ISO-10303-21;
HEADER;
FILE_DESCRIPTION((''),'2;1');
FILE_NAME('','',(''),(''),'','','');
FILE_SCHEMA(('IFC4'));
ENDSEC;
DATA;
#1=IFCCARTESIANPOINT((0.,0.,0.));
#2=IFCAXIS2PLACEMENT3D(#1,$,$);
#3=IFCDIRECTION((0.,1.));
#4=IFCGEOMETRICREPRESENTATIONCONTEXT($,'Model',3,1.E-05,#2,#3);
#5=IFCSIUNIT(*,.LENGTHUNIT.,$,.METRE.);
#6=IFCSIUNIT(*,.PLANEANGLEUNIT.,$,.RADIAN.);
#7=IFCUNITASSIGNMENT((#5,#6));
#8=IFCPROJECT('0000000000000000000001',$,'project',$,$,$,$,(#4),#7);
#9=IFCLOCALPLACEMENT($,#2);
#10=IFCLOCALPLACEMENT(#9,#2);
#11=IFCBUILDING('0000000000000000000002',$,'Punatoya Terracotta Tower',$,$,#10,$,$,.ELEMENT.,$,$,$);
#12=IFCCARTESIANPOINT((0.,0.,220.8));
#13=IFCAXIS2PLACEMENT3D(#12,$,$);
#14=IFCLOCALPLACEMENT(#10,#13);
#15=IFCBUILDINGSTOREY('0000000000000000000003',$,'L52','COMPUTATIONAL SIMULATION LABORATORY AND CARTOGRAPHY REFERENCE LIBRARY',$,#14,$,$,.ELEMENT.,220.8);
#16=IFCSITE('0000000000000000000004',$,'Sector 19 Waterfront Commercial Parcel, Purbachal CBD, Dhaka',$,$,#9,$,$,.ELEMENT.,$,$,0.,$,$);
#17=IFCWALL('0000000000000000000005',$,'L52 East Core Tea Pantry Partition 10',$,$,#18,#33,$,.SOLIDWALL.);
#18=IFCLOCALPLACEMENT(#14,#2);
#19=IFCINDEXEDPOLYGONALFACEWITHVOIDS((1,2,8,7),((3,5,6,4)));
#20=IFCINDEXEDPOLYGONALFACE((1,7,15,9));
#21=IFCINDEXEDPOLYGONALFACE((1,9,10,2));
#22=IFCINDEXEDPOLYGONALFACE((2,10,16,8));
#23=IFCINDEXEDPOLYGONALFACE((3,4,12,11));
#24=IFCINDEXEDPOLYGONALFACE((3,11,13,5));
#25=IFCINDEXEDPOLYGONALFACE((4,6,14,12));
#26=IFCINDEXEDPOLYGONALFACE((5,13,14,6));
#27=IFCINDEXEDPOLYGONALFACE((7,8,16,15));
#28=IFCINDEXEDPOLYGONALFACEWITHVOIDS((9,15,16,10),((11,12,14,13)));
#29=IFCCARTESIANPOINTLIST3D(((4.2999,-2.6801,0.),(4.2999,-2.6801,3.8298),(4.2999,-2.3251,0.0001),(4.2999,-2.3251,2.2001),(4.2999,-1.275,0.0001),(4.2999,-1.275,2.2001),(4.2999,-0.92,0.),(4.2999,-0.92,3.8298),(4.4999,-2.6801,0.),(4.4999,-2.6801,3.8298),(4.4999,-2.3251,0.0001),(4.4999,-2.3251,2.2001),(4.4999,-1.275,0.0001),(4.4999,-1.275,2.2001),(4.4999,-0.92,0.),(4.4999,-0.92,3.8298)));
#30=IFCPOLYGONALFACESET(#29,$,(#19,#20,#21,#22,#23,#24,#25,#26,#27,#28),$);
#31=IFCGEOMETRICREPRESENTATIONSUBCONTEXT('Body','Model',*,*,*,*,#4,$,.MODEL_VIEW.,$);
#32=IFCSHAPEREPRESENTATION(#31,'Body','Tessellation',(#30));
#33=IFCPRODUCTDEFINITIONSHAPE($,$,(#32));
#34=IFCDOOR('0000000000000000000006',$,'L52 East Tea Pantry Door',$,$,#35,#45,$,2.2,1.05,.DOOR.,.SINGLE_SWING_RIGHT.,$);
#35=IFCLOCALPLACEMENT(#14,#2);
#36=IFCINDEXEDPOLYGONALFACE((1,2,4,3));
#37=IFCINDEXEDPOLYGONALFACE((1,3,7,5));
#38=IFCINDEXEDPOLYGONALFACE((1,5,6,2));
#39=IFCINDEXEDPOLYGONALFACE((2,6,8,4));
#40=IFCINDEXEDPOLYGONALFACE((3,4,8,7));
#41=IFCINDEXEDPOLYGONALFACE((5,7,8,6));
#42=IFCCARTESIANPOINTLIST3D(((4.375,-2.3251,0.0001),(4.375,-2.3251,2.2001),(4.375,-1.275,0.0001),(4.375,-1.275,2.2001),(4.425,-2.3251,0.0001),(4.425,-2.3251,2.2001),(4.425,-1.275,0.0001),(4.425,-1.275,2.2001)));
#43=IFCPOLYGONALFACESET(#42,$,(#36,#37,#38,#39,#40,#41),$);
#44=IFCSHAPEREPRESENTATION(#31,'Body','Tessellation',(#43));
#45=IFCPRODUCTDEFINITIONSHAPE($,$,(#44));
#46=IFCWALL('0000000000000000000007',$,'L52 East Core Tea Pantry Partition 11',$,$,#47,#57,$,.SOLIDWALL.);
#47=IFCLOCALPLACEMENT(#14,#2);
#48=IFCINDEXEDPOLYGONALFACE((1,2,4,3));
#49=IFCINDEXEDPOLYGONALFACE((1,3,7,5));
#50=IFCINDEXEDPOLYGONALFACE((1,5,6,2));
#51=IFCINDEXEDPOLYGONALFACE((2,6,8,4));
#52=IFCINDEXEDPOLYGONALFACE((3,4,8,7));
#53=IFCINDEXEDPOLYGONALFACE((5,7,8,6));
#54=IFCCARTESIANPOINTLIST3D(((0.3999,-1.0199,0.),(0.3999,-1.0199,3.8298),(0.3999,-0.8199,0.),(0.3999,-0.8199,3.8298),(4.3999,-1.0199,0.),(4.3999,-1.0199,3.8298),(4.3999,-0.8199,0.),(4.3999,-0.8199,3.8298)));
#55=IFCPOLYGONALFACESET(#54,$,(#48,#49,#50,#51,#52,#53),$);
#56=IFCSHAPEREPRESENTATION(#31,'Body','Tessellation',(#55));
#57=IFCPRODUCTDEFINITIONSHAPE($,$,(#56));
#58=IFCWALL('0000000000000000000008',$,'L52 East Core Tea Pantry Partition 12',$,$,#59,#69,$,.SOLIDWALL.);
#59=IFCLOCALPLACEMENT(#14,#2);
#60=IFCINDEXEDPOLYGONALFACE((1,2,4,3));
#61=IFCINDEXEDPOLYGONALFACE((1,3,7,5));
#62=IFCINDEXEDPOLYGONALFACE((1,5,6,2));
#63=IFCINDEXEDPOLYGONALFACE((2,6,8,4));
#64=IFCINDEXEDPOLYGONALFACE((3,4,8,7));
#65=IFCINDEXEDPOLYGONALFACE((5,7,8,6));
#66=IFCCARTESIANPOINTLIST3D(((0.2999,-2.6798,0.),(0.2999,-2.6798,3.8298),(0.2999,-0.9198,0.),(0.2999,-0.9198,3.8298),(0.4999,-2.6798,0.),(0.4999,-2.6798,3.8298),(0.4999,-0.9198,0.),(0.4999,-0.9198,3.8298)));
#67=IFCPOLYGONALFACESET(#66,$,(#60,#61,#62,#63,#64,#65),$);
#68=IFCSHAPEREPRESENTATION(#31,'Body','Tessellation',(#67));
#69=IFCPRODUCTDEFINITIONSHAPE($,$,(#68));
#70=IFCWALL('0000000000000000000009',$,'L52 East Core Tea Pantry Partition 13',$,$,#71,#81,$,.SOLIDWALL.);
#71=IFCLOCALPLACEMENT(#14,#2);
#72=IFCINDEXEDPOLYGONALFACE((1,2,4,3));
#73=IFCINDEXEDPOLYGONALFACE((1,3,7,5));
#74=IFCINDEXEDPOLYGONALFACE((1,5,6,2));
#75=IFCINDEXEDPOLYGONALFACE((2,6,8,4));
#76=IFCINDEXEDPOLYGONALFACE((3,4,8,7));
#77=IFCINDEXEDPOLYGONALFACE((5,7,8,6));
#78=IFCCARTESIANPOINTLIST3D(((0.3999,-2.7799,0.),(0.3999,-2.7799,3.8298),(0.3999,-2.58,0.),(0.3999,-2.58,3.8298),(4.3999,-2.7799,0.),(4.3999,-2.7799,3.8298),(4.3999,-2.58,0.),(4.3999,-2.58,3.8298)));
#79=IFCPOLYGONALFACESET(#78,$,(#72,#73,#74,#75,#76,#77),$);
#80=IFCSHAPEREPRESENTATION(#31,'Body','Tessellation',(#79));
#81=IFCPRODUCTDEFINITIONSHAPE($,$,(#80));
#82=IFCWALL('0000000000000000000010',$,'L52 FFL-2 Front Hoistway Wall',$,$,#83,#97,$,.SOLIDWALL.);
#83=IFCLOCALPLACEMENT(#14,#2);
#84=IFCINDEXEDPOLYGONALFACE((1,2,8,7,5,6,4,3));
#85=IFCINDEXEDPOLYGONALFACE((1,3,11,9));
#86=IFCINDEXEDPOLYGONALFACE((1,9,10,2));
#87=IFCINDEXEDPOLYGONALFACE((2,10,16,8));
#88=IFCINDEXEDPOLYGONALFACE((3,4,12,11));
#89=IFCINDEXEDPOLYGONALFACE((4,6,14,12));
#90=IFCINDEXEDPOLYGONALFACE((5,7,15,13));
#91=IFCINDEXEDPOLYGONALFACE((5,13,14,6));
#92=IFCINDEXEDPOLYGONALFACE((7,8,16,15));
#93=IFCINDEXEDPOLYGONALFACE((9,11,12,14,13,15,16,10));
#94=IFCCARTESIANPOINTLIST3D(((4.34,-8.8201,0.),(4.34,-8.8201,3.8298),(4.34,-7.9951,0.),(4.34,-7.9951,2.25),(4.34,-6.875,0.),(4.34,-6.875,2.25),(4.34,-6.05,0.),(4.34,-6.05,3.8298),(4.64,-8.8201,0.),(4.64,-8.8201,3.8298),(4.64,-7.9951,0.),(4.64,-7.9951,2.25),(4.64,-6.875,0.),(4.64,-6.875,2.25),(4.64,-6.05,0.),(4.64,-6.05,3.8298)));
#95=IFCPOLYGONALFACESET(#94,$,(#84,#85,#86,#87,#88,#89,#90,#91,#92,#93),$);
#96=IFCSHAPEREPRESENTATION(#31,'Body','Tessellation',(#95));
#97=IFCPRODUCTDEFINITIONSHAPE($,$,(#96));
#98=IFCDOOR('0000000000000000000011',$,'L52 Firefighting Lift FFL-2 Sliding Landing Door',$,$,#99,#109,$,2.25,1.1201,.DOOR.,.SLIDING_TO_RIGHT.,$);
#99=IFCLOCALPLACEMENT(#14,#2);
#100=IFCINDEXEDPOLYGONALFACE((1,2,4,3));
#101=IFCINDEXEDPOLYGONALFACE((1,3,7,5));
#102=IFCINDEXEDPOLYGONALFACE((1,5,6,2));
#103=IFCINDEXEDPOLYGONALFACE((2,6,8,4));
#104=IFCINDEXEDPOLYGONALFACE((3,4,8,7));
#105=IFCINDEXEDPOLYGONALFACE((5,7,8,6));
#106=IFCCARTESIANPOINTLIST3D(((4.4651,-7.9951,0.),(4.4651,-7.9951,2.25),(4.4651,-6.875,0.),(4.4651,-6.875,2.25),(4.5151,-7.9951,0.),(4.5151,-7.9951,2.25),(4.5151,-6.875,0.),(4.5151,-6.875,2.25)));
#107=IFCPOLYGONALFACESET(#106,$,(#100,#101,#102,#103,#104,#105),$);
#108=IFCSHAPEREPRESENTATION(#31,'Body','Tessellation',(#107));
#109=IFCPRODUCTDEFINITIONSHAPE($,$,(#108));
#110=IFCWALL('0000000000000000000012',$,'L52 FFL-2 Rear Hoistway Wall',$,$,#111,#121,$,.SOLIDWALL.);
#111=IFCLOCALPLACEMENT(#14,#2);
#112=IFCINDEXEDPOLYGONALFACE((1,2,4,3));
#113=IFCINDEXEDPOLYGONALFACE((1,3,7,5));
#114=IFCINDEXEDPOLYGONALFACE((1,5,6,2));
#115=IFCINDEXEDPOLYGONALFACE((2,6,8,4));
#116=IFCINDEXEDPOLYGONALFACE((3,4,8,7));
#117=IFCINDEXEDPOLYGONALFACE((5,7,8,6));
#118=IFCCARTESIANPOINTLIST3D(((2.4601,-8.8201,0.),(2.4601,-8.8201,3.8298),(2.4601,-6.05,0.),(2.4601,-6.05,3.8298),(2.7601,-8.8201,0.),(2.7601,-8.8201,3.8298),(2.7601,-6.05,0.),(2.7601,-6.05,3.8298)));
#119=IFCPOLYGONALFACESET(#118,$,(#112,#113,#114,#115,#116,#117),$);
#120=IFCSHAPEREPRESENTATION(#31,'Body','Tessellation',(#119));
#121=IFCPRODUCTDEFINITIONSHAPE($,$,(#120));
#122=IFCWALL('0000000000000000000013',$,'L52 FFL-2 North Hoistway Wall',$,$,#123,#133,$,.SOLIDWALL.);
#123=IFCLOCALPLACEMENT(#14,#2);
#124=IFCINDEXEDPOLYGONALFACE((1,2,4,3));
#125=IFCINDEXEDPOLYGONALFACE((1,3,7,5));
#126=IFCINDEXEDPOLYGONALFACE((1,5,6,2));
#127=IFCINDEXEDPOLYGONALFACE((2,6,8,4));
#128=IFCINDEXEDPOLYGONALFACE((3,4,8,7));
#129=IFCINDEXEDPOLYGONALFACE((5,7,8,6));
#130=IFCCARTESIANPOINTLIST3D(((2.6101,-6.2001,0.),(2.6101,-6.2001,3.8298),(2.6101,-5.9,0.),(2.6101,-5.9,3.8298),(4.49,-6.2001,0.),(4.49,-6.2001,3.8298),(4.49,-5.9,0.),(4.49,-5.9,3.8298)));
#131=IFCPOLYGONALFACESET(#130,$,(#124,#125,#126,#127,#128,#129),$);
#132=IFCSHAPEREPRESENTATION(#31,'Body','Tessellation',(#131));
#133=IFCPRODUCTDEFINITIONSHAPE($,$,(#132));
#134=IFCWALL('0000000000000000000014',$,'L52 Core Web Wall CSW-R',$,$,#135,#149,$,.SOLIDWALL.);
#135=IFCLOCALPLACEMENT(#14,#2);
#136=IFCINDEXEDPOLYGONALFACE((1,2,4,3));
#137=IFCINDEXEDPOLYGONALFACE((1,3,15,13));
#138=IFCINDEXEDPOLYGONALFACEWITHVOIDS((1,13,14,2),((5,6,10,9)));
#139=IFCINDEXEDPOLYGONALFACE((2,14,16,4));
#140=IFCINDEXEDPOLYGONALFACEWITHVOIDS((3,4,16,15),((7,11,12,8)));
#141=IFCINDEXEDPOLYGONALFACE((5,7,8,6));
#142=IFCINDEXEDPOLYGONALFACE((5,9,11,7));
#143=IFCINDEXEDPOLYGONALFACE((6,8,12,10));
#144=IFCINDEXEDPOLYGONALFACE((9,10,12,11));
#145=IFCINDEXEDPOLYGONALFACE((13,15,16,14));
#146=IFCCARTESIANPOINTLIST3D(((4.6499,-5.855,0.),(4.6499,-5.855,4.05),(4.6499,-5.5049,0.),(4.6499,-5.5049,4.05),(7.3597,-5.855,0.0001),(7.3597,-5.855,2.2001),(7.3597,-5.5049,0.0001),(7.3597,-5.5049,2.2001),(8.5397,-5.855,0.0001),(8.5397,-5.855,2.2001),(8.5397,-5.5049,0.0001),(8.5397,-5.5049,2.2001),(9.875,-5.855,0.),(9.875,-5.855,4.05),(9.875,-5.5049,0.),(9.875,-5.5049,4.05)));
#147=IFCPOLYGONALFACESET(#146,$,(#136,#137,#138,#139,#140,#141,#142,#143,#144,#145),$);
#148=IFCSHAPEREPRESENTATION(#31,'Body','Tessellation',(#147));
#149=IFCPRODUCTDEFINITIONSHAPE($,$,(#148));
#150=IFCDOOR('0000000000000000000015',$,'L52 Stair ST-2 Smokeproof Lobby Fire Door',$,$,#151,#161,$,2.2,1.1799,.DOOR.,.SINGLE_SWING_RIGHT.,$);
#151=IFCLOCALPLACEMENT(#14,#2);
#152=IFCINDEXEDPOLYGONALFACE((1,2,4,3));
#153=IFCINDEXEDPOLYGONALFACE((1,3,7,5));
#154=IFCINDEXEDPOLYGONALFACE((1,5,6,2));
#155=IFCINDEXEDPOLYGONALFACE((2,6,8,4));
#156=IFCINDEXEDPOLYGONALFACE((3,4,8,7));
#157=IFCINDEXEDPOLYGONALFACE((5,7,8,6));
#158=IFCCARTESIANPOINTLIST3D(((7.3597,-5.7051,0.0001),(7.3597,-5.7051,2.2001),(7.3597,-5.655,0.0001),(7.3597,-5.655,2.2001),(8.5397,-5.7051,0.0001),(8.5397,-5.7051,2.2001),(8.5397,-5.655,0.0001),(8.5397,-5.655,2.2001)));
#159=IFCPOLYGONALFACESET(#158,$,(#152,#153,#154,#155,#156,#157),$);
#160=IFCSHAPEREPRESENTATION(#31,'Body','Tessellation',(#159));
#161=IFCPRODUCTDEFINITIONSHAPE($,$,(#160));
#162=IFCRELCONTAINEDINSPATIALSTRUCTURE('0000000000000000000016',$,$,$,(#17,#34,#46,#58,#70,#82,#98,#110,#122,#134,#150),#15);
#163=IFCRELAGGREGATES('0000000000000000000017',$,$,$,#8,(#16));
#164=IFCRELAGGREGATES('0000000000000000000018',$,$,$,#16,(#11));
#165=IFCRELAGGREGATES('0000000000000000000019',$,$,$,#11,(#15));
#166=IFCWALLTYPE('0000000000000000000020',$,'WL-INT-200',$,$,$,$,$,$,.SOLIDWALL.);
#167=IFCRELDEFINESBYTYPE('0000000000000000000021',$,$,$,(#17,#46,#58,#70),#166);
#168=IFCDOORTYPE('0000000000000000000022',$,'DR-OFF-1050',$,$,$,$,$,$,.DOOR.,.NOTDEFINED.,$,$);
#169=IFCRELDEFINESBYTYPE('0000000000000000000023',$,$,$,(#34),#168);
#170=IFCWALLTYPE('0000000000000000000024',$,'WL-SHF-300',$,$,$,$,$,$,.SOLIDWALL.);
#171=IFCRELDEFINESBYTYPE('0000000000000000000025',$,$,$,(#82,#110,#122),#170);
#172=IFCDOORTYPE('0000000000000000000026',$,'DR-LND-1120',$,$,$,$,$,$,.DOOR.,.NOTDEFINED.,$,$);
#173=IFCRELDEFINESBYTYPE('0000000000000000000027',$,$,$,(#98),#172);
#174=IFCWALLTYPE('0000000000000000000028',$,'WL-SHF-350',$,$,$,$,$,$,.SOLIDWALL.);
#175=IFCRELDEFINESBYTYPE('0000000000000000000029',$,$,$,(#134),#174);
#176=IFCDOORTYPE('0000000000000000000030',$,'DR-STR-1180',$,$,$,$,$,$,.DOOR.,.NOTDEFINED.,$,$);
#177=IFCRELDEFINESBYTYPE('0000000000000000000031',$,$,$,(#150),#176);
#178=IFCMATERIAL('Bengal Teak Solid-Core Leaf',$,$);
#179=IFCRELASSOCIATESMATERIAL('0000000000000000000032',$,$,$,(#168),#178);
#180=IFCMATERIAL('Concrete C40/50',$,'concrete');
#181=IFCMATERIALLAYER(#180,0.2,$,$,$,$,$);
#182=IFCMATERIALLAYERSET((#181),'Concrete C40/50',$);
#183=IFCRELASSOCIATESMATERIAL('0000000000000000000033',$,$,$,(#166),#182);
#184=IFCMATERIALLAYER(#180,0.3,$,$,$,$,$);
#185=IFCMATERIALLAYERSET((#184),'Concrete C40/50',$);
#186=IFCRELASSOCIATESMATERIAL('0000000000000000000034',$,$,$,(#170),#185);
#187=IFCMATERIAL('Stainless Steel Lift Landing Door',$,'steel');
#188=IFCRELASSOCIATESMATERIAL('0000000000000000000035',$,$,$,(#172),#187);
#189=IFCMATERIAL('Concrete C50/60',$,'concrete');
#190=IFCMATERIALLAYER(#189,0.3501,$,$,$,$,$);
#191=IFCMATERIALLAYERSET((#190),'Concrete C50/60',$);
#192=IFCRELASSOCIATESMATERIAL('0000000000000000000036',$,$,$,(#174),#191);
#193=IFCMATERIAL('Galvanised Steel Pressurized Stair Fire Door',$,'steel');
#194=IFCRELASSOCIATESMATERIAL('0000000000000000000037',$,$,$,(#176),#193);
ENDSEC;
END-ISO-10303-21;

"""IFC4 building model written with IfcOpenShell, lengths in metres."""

from ifc_helpers import new_model, si_unit, direction, frame, frame_2d, origin, place, context, subcontext, project, spatial, rectangle, extrude, material, layer, layer_set, type_object, element, fill, save


model = new_model("IFC4")

# Units and contexts
model_context = context("Model", 3, precision=1e-05, world=origin(), true_north=direction((0.0, 1.0)))
body_context = subcontext(model_context, "Body", "Model", "MODEL_VIEW")
ifc_project = project(units=[si_unit("LENGTHUNIT", "METRE"), si_unit("PLANEANGLEUNIT", "RADIAN")], contexts=[model_context])

# Site, building, storey
site_placement = place(None, origin())
site = spatial("IfcSite", under=ifc_project, at=site_placement, Name="Sector 19 Waterfront Commercial Parcel, Purbachal CBD, Dhaka", CompositionType="ELEMENT", RefElevation=0.0)
building_placement = place(site_placement, origin())
building = spatial("IfcBuilding", under=site, at=building_placement, Name="Punatoya Terracotta Tower", CompositionType="ELEMENT")
storey_placement = place(building_placement, frame((0.0, 0.0, 220.8)))
storey = spatial("IfcBuildingStorey", under=building, at=storey_placement, Name="L52", Description="COMPUTATIONAL SIMULATION LABORATORY AND CARTOGRAPHY REFERENCE LIBRARY", CompositionType="ELEMENT", Elevation=220.8)

# Shared definitions
ifc_material_1 = material(Name="Bengal Teak Solid-Core Leaf")
door_type_1 = type_object("IfcDoorType", Name="DR-OFF-1050", OperationType="NOTDEFINED", PredefinedType="DOOR", material=ifc_material_1)

# Shared definitions
ifc_material_2 = material(Name="Concrete C40/50", Category="concrete")
ifc_layer_1 = layer(ifc_material_2, 0.2)
ifc_layer_set_1 = layer_set([ifc_layer_1], Name="Concrete C40/50")
wall_type_1 = type_object("IfcWallType", Name="WL-INT-200", PredefinedType="SOLIDWALL", material=ifc_layer_set_1)

# Wall, opening, door
wall_1_placement = place(storey_placement, frame((4.3999, -2.6799, 0.0), z_axis=(0.0, 0.0, 1.0), x_axis=(0.0, 1.0, 0.0)))
wall_1 = element("IfcWall", 1, at=wall_1_placement, inside=storey, type_object=wall_type_1, Name="L52 East Core Tea Pantry Partition 10", PredefinedType="SOLIDWALL", context=body_context, shape_type="SweptSolid", body=[
    extrude(rectangle(XDim=1.76, YDim=0.2, at=frame_2d((0.8799, 0.0))), origin(), (0.0, 0.0, 1.0), 3.8298),
])
opening_1_placement = place(wall_1_placement, frame((0.355, 0.0, 0.0)))
opening_1 = element("IfcOpeningElement", 2, at=opening_1_placement, cuts=wall_1, PredefinedType="OPENING", context=body_context, shape_type="SweptSolid", body=[
    extrude(rectangle(XDim=1.05, YDim=2.2, at=frame_2d((0.5249, 1.1001))), frame((0.0, 0.1099, 0.0), z_axis=(0.0, -1.0, 0.0), x_axis=(1.0, 0.0, 0.0)), (0.0, 0.0, 1.0), 0.22),
])
door_1_placement = place(opening_1_placement, origin())
door_1 = element("IfcDoor", 3, at=door_1_placement, inside=storey, type_object=door_type_1, Name="L52 East Tea Pantry Door", OperationType="SINGLE_SWING_RIGHT", OverallHeight=2.2, OverallWidth=1.05, PredefinedType="DOOR", context=body_context, shape_type="SweptSolid", body=[
    extrude(rectangle(XDim=1.05, YDim=2.2, at=frame_2d((0.5249, 1.1001))), frame((0.0, 0.0249, 0.0), z_axis=(0.0, -1.0, 0.0), x_axis=(1.0, 0.0, 0.0)), (0.0, 0.0, 1.0), 0.05),
])
fill(opening_1, door_1)

# Walls
wall_2_placement = place(storey_placement, frame((4.3999, -0.9199, 0.0), z_axis=(0.0, 0.0, 1.0), x_axis=(-1.0, 0.0, 0.0)))
element("IfcWall", 4, at=wall_2_placement, inside=storey, type_object=wall_type_1, Name="L52 East Core Tea Pantry Partition 11", PredefinedType="SOLIDWALL", context=body_context, shape_type="SweptSolid", body=[
    extrude(rectangle(XDim=4.0, YDim=0.2, at=frame_2d((2.0, 0.0))), origin(), (0.0, 0.0, 1.0), 3.8298),
])
wall_3_placement = place(storey_placement, frame((0.3999, -0.9199, 0.0), z_axis=(0.0, 0.0, 1.0), x_axis=(0.0, -1.0, 0.0)))
element("IfcWall", 5, at=wall_3_placement, inside=storey, type_object=wall_type_1, Name="L52 East Core Tea Pantry Partition 12", PredefinedType="SOLIDWALL", context=body_context, shape_type="SweptSolid", body=[
    extrude(rectangle(XDim=1.76, YDim=0.2, at=frame_2d((0.8799, 0.0))), origin(), (0.0, 0.0, 1.0), 3.8298),
])
wall_4_placement = place(storey_placement, frame((0.3999, -2.6799, 0.0), z_axis=(0.0, 0.0, 1.0), x_axis=(1.0, 0.0, 0.0)))
element("IfcWall", 6, at=wall_4_placement, inside=storey, type_object=wall_type_1, Name="L52 East Core Tea Pantry Partition 13", PredefinedType="SOLIDWALL", context=body_context, shape_type="SweptSolid", body=[
    extrude(rectangle(XDim=4.0, YDim=0.2, at=frame_2d((2.0, 0.0))), origin(), (0.0, 0.0, 1.0), 3.8298),
])

# Wall, opening, door
ifc_layer_2 = layer(ifc_material_2, 0.3)
ifc_layer_set_2 = layer_set([ifc_layer_2], Name="Concrete C40/50")
wall_type_2 = type_object("IfcWallType", Name="WL-SHF-300", PredefinedType="SOLIDWALL", material=ifc_layer_set_2)
wall_5_placement = place(storey_placement, frame((4.49, -8.8201, 0.0), z_axis=(0.0, 0.0, 1.0), x_axis=(0.0, 1.0, 0.0)))
wall_5 = element("IfcWall", 7, at=wall_5_placement, inside=storey, type_object=wall_type_2, Name="L52 FFL-2 Front Hoistway Wall", PredefinedType="SOLIDWALL", context=body_context, shape_type="SweptSolid", body=[
    extrude(rectangle(XDim=2.77, YDim=0.3, at=frame_2d((1.385, 0.0))), origin(), (0.0, 0.0, 1.0), 3.8298),
])
opening_2_placement = place(wall_5_placement, frame((0.825, 0.0, 0.0)))
opening_2 = element("IfcOpeningElement", 8, at=opening_2_placement, cuts=wall_5, PredefinedType="OPENING", context=body_context, shape_type="SweptSolid", body=[
    extrude(rectangle(XDim=1.1201, YDim=2.25, at=frame_2d((0.5601, 1.125))), frame((0.0, 0.1599, 0.0), z_axis=(0.0, -1.0, 0.0), x_axis=(1.0, 0.0, 0.0)), (0.0, 0.0, 1.0), 0.3201),
])
ifc_material_3 = material(Name="Stainless Steel Lift Landing Door", Category="steel")
door_type_2 = type_object("IfcDoorType", Name="DR-LND-1120", OperationType="NOTDEFINED", PredefinedType="DOOR", material=ifc_material_3)
door_2_placement = place(opening_2_placement, origin())
door_2 = element("IfcDoor", 9, at=door_2_placement, inside=storey, type_object=door_type_2, Name="L52 Firefighting Lift FFL-2 Sliding Landing Door", OperationType="SLIDING_TO_RIGHT", OverallHeight=2.25, OverallWidth=1.1201, PredefinedType="DOOR", context=body_context, shape_type="SweptSolid", body=[
    extrude(rectangle(XDim=1.1201, YDim=2.25, at=frame_2d((0.5601, 1.125))), frame((0.0, 0.0249, 0.0), z_axis=(0.0, -1.0, 0.0), x_axis=(1.0, 0.0, 0.0)), (0.0, 0.0, 1.0), 0.05),
])
fill(opening_2, door_2)

# Walls
wall_6_placement = place(storey_placement, frame((2.6101, -8.8201, 0.0), z_axis=(0.0, 0.0, 1.0), x_axis=(0.0, 1.0, 0.0)))
element("IfcWall", 10, at=wall_6_placement, inside=storey, type_object=wall_type_2, Name="L52 FFL-2 Rear Hoistway Wall", PredefinedType="SOLIDWALL", context=body_context, shape_type="SweptSolid", body=[
    extrude(rectangle(XDim=2.77, YDim=0.3, at=frame_2d((1.385, 0.0))), origin(), (0.0, 0.0, 1.0), 3.8298),
])
wall_7_placement = place(storey_placement, frame((2.6101, -6.05, 0.0), z_axis=(0.0, 0.0, 1.0), x_axis=(1.0, 0.0, 0.0)))
element("IfcWall", 11, at=wall_7_placement, inside=storey, type_object=wall_type_2, Name="L52 FFL-2 North Hoistway Wall", PredefinedType="SOLIDWALL", context=body_context, shape_type="SweptSolid", body=[
    extrude(rectangle(XDim=1.8799, YDim=0.3, at=frame_2d((0.9399, 0.0))), origin(), (0.0, 0.0, 1.0), 3.8298),
])

# Wall, opening, door
ifc_material_4 = material(Name="Concrete C50/60", Category="concrete")
ifc_layer_3 = layer(ifc_material_4, 0.3501)
ifc_layer_set_3 = layer_set([ifc_layer_3], Name="Concrete C50/60")
wall_type_3 = type_object("IfcWallType", Name="WL-SHF-350", PredefinedType="SOLIDWALL", material=ifc_layer_set_3)
wall_8_placement = place(storey_placement, frame((4.6499, -5.6799, 0.0), z_axis=(0.0, 0.0, 1.0), x_axis=(1.0, 0.0, 0.0)))
wall_8 = element("IfcWall", 12, at=wall_8_placement, inside=storey, type_object=wall_type_3, Name="L52 Core Web Wall CSW-R", PredefinedType="SOLIDWALL", context=body_context, shape_type="SweptSolid", body=[
    extrude(rectangle(XDim=5.2251, YDim=0.3501, at=frame_2d((2.6125, 0.0))), origin(), (0.0, 0.0, 1.0), 4.05),
])
opening_3_placement = place(wall_8_placement, frame((2.71, 0.0, 0.0)))
opening_3 = element("IfcOpeningElement", 13, at=opening_3_placement, cuts=wall_8, PredefinedType="OPENING", context=body_context, shape_type="SweptSolid", body=[
    extrude(rectangle(XDim=1.1799, YDim=2.2, at=frame_2d((0.5898, 1.1001))), frame((0.0, 0.1851, 0.0), z_axis=(0.0, -1.0, 0.0), x_axis=(1.0, 0.0, 0.0)), (0.0, 0.0, 1.0), 0.3701),
])
ifc_material_5 = material(Name="Galvanised Steel Pressurized Stair Fire Door", Category="steel")
door_type_3 = type_object("IfcDoorType", Name="DR-STR-1180", OperationType="NOTDEFINED", PredefinedType="DOOR", material=ifc_material_5)
door_3_placement = place(opening_3_placement, origin())
door_3 = element("IfcDoor", 14, at=door_3_placement, inside=storey, type_object=door_type_3, Name="L52 Stair ST-2 Smokeproof Lobby Fire Door", OperationType="SINGLE_SWING_RIGHT", OverallHeight=2.2, OverallWidth=1.1799, PredefinedType="DOOR", context=body_context, shape_type="SweptSolid", body=[
    extrude(rectangle(XDim=1.1799, YDim=2.2, at=frame_2d((0.5898, 1.1001))), frame((0.0, 0.0249, 0.0), z_axis=(0.0, -1.0, 0.0), x_axis=(1.0, 0.0, 0.0)), (0.0, 0.0, 1.0), 0.05),
])
fill(opening_3, door_3)

save(model, "model.ifc")
